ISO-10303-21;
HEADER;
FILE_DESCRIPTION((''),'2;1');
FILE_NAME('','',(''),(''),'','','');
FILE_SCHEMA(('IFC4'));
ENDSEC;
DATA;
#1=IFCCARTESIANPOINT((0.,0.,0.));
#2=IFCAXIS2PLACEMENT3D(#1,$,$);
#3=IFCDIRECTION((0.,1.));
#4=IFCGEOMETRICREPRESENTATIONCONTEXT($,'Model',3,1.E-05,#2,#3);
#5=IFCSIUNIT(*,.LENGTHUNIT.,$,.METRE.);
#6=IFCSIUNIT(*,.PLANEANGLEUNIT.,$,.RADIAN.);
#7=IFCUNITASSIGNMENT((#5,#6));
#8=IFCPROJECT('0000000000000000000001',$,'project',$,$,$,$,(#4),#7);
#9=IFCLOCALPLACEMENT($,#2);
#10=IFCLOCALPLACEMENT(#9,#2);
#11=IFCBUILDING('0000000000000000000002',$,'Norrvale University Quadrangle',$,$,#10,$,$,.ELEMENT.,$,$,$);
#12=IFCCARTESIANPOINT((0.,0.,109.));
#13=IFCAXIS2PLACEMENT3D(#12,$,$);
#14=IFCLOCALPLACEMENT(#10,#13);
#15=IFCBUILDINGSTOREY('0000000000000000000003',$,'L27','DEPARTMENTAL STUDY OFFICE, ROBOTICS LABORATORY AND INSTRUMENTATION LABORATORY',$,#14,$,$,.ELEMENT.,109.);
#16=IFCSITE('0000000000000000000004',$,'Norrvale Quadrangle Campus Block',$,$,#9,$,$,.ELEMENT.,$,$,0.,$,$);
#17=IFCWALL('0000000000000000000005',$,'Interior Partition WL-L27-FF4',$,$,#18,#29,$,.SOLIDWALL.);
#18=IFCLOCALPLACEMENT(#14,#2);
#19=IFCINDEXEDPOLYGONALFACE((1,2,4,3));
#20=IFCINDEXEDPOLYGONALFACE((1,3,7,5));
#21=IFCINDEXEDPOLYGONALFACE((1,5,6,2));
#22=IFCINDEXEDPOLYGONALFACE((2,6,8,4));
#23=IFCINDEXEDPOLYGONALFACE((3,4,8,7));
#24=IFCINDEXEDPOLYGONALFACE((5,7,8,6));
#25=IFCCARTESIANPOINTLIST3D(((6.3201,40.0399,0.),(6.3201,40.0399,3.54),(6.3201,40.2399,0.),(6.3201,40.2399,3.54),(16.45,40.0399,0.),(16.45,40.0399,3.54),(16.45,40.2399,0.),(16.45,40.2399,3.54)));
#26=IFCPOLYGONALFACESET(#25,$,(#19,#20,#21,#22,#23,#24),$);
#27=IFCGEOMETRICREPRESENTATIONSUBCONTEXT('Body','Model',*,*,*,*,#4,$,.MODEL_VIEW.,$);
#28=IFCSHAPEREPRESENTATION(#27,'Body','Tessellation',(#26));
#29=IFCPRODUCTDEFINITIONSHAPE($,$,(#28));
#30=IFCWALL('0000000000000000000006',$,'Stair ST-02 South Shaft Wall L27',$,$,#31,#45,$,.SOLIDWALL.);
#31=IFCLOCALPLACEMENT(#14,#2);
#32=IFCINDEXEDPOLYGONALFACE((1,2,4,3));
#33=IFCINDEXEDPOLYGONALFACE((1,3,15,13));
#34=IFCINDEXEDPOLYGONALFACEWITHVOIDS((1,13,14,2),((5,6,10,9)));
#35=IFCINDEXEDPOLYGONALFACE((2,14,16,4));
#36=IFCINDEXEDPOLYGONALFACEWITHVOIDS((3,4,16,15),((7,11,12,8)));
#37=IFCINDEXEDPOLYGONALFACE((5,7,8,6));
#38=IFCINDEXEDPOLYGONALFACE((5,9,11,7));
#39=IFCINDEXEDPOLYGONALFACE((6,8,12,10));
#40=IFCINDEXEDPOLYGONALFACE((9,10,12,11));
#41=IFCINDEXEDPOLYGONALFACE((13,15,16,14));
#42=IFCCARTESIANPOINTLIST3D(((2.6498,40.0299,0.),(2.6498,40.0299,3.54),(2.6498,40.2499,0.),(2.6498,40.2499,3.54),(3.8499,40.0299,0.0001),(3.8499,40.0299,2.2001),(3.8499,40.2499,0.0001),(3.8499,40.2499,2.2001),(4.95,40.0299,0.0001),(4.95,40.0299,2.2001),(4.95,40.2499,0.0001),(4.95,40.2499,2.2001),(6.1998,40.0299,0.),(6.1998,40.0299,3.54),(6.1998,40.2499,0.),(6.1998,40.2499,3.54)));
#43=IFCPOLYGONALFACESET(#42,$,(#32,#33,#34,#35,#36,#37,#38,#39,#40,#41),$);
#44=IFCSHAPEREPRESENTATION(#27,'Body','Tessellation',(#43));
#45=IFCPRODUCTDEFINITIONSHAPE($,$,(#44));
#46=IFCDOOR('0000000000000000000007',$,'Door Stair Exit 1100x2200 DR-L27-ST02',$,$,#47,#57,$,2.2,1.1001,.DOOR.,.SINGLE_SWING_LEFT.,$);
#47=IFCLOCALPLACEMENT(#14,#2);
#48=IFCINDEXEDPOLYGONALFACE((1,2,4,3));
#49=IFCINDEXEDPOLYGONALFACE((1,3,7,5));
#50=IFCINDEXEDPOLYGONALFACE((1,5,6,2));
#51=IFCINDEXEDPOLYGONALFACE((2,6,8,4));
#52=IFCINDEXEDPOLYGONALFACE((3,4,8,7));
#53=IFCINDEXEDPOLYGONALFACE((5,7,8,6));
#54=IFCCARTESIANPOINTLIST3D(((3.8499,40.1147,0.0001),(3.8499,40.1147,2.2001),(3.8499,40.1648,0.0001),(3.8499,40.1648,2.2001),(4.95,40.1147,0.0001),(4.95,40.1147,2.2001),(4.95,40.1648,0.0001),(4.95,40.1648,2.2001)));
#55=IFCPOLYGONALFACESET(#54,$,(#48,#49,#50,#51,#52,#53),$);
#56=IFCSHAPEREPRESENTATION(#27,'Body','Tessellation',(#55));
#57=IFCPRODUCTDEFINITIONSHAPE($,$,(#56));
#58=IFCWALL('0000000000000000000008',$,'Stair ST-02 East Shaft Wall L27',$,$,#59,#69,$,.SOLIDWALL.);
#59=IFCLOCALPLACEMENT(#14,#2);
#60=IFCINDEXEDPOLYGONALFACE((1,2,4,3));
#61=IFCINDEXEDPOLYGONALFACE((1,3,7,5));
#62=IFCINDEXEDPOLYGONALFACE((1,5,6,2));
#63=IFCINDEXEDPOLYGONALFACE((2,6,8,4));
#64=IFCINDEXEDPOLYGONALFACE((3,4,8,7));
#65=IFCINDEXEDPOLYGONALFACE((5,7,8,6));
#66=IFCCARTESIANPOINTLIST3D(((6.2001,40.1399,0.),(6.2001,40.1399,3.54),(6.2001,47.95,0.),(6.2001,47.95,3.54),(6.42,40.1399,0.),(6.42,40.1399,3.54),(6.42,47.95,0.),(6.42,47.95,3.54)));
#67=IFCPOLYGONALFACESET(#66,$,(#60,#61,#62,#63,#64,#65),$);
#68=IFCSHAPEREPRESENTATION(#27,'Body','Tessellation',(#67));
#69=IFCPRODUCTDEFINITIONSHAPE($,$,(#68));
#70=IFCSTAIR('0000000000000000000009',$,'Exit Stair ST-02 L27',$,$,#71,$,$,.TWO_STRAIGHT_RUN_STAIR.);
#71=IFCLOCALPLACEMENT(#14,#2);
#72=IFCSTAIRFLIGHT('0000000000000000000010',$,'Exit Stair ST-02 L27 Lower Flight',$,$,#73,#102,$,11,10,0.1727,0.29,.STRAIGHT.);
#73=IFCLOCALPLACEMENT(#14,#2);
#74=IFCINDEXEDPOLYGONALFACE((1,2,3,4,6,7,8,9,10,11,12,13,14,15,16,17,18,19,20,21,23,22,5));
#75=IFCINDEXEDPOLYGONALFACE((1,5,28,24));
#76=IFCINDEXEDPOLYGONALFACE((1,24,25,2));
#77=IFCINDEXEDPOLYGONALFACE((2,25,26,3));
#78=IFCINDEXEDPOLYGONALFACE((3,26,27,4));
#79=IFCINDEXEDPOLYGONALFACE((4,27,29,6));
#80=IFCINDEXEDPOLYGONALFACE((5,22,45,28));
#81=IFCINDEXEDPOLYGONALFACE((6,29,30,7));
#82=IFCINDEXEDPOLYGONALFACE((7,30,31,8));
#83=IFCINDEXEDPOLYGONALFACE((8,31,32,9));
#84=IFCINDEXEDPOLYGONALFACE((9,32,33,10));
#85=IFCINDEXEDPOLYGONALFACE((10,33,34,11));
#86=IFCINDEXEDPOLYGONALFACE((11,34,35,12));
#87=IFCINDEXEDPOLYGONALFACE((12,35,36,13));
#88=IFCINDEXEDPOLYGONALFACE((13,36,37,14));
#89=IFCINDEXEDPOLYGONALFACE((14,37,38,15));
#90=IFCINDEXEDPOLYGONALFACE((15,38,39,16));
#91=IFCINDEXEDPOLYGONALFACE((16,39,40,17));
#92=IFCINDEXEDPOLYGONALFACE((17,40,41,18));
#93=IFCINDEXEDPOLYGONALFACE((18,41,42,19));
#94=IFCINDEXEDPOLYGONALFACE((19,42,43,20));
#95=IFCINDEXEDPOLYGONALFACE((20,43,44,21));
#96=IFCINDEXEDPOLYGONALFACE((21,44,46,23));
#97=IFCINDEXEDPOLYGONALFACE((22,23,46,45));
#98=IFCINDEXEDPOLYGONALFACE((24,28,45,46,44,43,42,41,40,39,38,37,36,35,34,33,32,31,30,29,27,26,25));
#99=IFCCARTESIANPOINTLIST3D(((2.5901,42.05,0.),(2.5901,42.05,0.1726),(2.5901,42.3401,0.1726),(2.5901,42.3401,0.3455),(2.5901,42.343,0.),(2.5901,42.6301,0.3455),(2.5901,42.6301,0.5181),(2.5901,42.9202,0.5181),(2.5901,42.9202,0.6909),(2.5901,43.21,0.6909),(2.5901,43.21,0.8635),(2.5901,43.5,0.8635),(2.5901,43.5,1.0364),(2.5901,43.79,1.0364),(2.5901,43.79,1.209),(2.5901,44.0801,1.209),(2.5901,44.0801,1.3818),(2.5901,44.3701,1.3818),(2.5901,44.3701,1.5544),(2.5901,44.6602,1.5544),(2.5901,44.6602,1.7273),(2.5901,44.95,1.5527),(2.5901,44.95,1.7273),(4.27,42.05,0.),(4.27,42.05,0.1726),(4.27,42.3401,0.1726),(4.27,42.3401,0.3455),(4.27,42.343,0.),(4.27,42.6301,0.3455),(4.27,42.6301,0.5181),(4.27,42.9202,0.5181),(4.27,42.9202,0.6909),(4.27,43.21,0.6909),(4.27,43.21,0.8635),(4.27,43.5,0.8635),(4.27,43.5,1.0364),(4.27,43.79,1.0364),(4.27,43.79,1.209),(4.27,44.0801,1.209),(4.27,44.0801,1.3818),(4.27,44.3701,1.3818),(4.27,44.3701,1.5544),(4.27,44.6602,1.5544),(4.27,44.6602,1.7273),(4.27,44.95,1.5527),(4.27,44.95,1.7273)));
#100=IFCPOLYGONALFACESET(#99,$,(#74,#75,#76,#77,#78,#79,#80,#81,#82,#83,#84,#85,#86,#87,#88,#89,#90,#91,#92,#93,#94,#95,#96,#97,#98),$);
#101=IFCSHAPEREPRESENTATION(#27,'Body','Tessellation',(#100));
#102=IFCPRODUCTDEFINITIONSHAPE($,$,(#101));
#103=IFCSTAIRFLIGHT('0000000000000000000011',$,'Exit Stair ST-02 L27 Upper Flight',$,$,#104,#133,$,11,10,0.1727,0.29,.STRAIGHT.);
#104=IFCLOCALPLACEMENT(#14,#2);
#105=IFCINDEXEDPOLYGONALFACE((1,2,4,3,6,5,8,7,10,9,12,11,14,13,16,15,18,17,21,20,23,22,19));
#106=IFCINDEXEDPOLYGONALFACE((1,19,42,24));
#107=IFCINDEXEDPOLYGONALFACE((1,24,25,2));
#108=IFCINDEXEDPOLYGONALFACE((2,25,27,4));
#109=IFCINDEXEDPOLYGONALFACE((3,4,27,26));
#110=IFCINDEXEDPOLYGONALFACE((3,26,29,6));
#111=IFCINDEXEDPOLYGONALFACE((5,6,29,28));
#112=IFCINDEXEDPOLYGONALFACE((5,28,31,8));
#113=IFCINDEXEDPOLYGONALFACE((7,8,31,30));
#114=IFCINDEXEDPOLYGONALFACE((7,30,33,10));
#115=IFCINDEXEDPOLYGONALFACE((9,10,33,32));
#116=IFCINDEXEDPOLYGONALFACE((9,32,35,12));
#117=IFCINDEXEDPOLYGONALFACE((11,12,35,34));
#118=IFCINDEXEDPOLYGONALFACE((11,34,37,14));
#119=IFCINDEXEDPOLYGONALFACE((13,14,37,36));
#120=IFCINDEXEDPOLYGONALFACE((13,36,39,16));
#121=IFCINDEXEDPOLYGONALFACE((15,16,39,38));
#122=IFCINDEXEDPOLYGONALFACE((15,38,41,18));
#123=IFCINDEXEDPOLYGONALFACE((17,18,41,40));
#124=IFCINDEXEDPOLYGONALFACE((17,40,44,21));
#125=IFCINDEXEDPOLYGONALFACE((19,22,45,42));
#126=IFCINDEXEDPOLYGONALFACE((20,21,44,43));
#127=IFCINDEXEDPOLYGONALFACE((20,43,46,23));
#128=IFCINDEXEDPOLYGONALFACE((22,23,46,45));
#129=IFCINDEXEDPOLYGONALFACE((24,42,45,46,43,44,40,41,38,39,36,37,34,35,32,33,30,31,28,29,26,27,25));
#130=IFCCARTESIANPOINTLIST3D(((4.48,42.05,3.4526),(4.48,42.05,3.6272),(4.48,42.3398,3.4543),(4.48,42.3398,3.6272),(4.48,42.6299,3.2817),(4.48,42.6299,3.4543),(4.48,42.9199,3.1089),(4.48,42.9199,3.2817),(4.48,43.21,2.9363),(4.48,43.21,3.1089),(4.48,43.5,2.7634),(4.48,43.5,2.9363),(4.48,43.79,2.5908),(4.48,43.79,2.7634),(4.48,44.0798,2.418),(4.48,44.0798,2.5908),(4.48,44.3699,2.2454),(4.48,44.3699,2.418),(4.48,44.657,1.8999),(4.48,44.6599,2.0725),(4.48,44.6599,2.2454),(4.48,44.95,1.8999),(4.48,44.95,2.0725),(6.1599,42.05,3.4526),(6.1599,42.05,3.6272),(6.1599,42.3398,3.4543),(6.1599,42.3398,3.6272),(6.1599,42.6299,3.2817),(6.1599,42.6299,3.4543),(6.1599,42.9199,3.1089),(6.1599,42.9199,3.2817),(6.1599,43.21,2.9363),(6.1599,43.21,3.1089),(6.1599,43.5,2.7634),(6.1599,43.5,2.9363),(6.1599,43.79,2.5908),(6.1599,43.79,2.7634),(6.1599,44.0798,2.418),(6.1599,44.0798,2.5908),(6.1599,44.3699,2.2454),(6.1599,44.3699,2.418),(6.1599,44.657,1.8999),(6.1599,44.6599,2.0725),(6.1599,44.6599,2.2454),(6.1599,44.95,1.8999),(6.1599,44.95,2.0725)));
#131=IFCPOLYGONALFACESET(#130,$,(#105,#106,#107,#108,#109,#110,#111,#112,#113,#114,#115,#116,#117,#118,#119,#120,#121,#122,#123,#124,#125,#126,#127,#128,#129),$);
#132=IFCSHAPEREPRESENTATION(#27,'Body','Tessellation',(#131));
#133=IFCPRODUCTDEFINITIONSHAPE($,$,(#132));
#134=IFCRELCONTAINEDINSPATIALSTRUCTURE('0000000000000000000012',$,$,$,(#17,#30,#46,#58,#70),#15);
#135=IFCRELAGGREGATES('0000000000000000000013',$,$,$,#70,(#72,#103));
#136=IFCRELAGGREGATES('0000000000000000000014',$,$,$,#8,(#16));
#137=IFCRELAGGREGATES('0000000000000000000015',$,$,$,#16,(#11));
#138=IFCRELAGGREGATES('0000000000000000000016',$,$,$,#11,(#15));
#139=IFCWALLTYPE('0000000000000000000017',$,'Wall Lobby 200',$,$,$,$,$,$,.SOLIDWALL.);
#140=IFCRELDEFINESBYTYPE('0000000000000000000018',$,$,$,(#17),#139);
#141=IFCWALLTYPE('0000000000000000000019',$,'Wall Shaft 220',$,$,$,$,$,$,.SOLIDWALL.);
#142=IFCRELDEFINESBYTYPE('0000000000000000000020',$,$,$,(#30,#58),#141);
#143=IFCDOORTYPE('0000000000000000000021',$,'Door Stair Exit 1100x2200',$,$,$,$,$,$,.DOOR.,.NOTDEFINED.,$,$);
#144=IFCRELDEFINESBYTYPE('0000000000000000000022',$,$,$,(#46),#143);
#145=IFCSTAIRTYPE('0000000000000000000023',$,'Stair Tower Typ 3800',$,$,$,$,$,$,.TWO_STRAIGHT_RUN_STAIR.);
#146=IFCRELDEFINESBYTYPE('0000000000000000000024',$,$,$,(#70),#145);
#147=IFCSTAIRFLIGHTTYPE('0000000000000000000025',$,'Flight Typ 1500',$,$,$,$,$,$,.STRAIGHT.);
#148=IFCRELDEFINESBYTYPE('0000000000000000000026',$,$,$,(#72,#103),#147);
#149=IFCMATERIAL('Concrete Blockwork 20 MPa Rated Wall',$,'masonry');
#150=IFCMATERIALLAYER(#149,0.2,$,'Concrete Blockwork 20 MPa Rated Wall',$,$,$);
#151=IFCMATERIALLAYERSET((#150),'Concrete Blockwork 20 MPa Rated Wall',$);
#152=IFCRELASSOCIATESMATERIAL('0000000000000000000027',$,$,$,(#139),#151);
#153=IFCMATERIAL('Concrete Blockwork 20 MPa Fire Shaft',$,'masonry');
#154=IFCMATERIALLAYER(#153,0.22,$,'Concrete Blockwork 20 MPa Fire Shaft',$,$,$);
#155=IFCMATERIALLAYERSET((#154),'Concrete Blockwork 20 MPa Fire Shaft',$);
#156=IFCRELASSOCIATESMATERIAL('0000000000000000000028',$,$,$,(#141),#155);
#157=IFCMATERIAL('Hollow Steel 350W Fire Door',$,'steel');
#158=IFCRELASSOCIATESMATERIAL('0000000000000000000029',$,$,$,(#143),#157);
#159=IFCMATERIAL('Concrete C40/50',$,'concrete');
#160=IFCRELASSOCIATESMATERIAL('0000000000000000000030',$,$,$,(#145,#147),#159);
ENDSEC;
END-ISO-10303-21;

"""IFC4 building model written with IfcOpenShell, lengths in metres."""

from ifc_helpers import new_model, si_unit, direction, frame, frame_2d, origin, place, context, subcontext, project, spatial, polyline, rectangle, outline, extrude, material, layer, layer_set, type_object, element, fill, aggregate, save


model = new_model("IFC4")

# Units and contexts
model_context = context("Model", 3, precision=1e-05, world=origin(), true_north=direction((0.0, 1.0)))
body_context = subcontext(model_context, "Body", "Model", "MODEL_VIEW")
ifc_project = project(units=[si_unit("LENGTHUNIT", "METRE"), si_unit("PLANEANGLEUNIT", "RADIAN")], contexts=[model_context])

# Site, building, storey
site_placement = place(None, origin())
site = spatial("IfcSite", under=ifc_project, at=site_placement, Name="Norrvale Quadrangle Campus Block", CompositionType="ELEMENT", RefElevation=0.0)
building_placement = place(site_placement, origin())
building = spatial("IfcBuilding", under=site, at=building_placement, Name="Norrvale University Quadrangle", CompositionType="ELEMENT")
storey_placement = place(building_placement, frame((0.0, 0.0, 109.0)))
storey = spatial("IfcBuildingStorey", under=building, at=storey_placement, Name="L27", Description="DEPARTMENTAL STUDY OFFICE, ROBOTICS LABORATORY AND INSTRUMENTATION LABORATORY", CompositionType="ELEMENT", Elevation=109.0)

# Wall
ifc_material_1 = material(Name="Concrete Blockwork 20 MPa Rated Wall", Category="masonry")
ifc_layer_1 = layer(ifc_material_1, 0.2, Name="Concrete Blockwork 20 MPa Rated Wall")
ifc_layer_set_1 = layer_set([ifc_layer_1], Name="Concrete Blockwork 20 MPa Rated Wall")
wall_type_1 = type_object("IfcWallType", Name="Wall Lobby 200", PredefinedType="SOLIDWALL", material=ifc_layer_set_1)
wall_1_placement = place(storey_placement, frame((6.3201, 40.1399, 0.0), z_axis=(0.0, 0.0, 1.0), x_axis=(1.0, 0.0, 0.0)))
element("IfcWall", 1, at=wall_1_placement, inside=storey, type_object=wall_type_1, Name="Interior Partition WL-L27-FF4", PredefinedType="SOLIDWALL", context=body_context, shape_type="SweptSolid", body=[
    extrude(rectangle(XDim=10.1299, YDim=0.2, at=frame_2d((5.0649, 0.0))), origin(), (0.0, 0.0, 1.0), 3.54),
])

# Wall, opening, door
ifc_material_2 = material(Name="Concrete Blockwork 20 MPa Fire Shaft", Category="masonry")
ifc_layer_2 = layer(ifc_material_2, 0.22, Name="Concrete Blockwork 20 MPa Fire Shaft")
ifc_layer_set_2 = layer_set([ifc_layer_2], Name="Concrete Blockwork 20 MPa Fire Shaft")
wall_type_2 = type_object("IfcWallType", Name="Wall Shaft 220", PredefinedType="SOLIDWALL", material=ifc_layer_set_2)
wall_2_placement = place(storey_placement, frame((2.6499, 40.1399, 0.0), z_axis=(0.0, 0.0, 1.0), x_axis=(1.0, 0.0, 0.0)))
wall_2 = element("IfcWall", 2, at=wall_2_placement, inside=storey, type_object=wall_type_2, Name="Stair ST-02 South Shaft Wall L27", PredefinedType="SOLIDWALL", context=body_context, shape_type="SweptSolid", body=[
    extrude(rectangle(XDim=3.55, YDim=0.22, at=frame_2d((1.7749, 0.0))), origin(), (0.0, 0.0, 1.0), 3.54),
])
opening_1_placement = place(wall_2_placement, frame((1.2, 0.0, 0.0)))
opening_1 = element("IfcOpeningElement", 3, at=opening_1_placement, cuts=wall_2, PredefinedType="OPENING", context=body_context, shape_type="SweptSolid", body=[
    extrude(rectangle(XDim=1.1001, YDim=2.2, at=frame_2d((0.55, 1.1001))), frame((0.0, 0.1221, 0.0), z_axis=(0.0, -1.0, 0.0), x_axis=(1.0, 0.0, 0.0)), (0.0, 0.0, 1.0), 0.2439),
])
ifc_material_3 = material(Name="Hollow Steel 350W Fire Door", Category="steel")
door_type_1 = type_object("IfcDoorType", Name="Door Stair Exit 1100x2200", OperationType="NOTDEFINED", PredefinedType="DOOR", material=ifc_material_3)
door_1_placement = place(opening_1_placement, origin())
door_1 = element("IfcDoor", 4, at=door_1_placement, inside=storey, type_object=door_type_1, Name="Door Stair Exit 1100x2200 DR-L27-ST02", OperationType="SINGLE_SWING_LEFT", OverallHeight=2.2, OverallWidth=1.1001, PredefinedType="DOOR", context=body_context, shape_type="SweptSolid", body=[
    extrude(rectangle(XDim=1.1001, YDim=2.2, at=frame_2d((0.55, 1.1001))), frame((0.0, 0.0249, 0.0), z_axis=(0.0, -1.0, 0.0), x_axis=(1.0, 0.0, 0.0)), (0.0, 0.0, 1.0), 0.05),
])
fill(opening_1, door_1)

# Wall
wall_3_placement = place(storey_placement, frame((6.3101, 40.1399, 0.0), z_axis=(0.0, 0.0, 1.0), x_axis=(0.0, 1.0, 0.0)))
element("IfcWall", 5, at=wall_3_placement, inside=storey, type_object=wall_type_2, Name="Stair ST-02 East Shaft Wall L27", PredefinedType="SOLIDWALL", context=body_context, shape_type="SweptSolid", body=[
    extrude(rectangle(XDim=7.8101, YDim=0.22, at=frame_2d((3.905, 0.0))), origin(), (0.0, 0.0, 1.0), 3.54),
])

# Stair, stair flights
ifc_material_4 = material(Name="Concrete C40/50", Category="concrete")
stair_type = type_object("IfcStairType", Name="Stair Tower Typ 3800", PredefinedType="TWO_STRAIGHT_RUN_STAIR", material=ifc_material_4)
stair_placement = place(storey_placement, origin())
stair = element("IfcStair", 6, at=stair_placement, inside=storey, type_object=stair_type, Name="Exit Stair ST-02 L27", PredefinedType="TWO_STRAIGHT_RUN_STAIR")
stair_flight_type = type_object("IfcStairFlightType", Name="Flight Typ 1500", PredefinedType="STRAIGHT", material=ifc_material_4)
stair_flight_1_placement = place(storey_placement, frame((3.4299, 42.05, 0.0), z_axis=(0.0, 0.0, 1.0), x_axis=(0.0, 1.0, 0.0)))
stair_flight_1 = element("IfcStairFlight", 7, at=stair_flight_1_placement, type_object=stair_flight_type, Name="Exit Stair ST-02 L27 Lower Flight", NumberOfRisers=11, NumberOfTreads=10, PredefinedType="STRAIGHT", RiserHeight=0.1727, TreadLength=0.29, context=body_context, shape_type="SweptSolid", body=[
    extrude(outline(polyline([(0.0, 0.0), (0.0, 0.1726), (0.29, 0.1726), (0.29, 0.3455), (0.5801, 0.3455), (0.5801, 0.5181), (0.8701, 0.5181), (0.8701, 0.6909), (1.1599, 0.6909), (1.1599, 0.8635), (1.45, 0.8635), (1.45, 1.0364), (1.74, 1.0364), (1.74, 1.209), (2.03, 1.209), (2.03, 1.3818), (2.3201, 1.3818), (2.3201, 1.5544), (2.6101, 1.5544), (2.6101, 1.7273), (2.8999, 1.7273), (2.8999, 1.8999), (2.8999, 1.5527), (0.293, 0.0), (0.0, 0.0)])), frame((0.0, 0.8398, 0.0), z_axis=(0.0, -1.0, 0.0), x_axis=(1.0, 0.0, 0.0)), (0.0, 0.0, 1.0), 1.6799),
])
stair_flight_2_placement = place(storey_placement, frame((5.3201, 44.95, 1.8999), z_axis=(0.0, 0.0, 1.0), x_axis=(0.0, -1.0, 0.0)))
stair_flight_2 = element("IfcStairFlight", 8, at=stair_flight_2_placement, type_object=stair_flight_type, Name="Exit Stair ST-02 L27 Upper Flight", NumberOfRisers=11, NumberOfTreads=10, PredefinedType="STRAIGHT", RiserHeight=0.1727, TreadLength=0.29, context=body_context, shape_type="SweptSolid", body=[
    extrude(outline(polyline([(0.0, 0.0), (0.0, 0.1726), (0.29, 0.1726), (0.29, 0.3455), (0.5801, 0.3455), (0.5801, 0.5181), (0.8701, 0.5181), (0.8701, 0.6909), (1.1599, 0.6909), (1.1599, 0.8635), (1.45, 0.8635), (1.45, 1.0364), (1.74, 1.0364), (1.74, 1.209), (2.03, 1.209), (2.03, 1.3818), (2.3201, 1.3818), (2.3201, 1.5544), (2.6101, 1.5544), (2.6101, 1.7273), (2.8999, 1.7273), (2.8999, 1.8999), (2.8999, 1.5527), (0.293, 0.0), (0.0, 0.0)])), frame((0.0, 0.8398, 0.0), z_axis=(0.0, -1.0, 0.0), x_axis=(1.0, 0.0, 0.0)), (0.0, 0.0, 1.0), 1.6799),
])
aggregate(stair, [stair_flight_1, stair_flight_2])

save(model, "model.ifc")
